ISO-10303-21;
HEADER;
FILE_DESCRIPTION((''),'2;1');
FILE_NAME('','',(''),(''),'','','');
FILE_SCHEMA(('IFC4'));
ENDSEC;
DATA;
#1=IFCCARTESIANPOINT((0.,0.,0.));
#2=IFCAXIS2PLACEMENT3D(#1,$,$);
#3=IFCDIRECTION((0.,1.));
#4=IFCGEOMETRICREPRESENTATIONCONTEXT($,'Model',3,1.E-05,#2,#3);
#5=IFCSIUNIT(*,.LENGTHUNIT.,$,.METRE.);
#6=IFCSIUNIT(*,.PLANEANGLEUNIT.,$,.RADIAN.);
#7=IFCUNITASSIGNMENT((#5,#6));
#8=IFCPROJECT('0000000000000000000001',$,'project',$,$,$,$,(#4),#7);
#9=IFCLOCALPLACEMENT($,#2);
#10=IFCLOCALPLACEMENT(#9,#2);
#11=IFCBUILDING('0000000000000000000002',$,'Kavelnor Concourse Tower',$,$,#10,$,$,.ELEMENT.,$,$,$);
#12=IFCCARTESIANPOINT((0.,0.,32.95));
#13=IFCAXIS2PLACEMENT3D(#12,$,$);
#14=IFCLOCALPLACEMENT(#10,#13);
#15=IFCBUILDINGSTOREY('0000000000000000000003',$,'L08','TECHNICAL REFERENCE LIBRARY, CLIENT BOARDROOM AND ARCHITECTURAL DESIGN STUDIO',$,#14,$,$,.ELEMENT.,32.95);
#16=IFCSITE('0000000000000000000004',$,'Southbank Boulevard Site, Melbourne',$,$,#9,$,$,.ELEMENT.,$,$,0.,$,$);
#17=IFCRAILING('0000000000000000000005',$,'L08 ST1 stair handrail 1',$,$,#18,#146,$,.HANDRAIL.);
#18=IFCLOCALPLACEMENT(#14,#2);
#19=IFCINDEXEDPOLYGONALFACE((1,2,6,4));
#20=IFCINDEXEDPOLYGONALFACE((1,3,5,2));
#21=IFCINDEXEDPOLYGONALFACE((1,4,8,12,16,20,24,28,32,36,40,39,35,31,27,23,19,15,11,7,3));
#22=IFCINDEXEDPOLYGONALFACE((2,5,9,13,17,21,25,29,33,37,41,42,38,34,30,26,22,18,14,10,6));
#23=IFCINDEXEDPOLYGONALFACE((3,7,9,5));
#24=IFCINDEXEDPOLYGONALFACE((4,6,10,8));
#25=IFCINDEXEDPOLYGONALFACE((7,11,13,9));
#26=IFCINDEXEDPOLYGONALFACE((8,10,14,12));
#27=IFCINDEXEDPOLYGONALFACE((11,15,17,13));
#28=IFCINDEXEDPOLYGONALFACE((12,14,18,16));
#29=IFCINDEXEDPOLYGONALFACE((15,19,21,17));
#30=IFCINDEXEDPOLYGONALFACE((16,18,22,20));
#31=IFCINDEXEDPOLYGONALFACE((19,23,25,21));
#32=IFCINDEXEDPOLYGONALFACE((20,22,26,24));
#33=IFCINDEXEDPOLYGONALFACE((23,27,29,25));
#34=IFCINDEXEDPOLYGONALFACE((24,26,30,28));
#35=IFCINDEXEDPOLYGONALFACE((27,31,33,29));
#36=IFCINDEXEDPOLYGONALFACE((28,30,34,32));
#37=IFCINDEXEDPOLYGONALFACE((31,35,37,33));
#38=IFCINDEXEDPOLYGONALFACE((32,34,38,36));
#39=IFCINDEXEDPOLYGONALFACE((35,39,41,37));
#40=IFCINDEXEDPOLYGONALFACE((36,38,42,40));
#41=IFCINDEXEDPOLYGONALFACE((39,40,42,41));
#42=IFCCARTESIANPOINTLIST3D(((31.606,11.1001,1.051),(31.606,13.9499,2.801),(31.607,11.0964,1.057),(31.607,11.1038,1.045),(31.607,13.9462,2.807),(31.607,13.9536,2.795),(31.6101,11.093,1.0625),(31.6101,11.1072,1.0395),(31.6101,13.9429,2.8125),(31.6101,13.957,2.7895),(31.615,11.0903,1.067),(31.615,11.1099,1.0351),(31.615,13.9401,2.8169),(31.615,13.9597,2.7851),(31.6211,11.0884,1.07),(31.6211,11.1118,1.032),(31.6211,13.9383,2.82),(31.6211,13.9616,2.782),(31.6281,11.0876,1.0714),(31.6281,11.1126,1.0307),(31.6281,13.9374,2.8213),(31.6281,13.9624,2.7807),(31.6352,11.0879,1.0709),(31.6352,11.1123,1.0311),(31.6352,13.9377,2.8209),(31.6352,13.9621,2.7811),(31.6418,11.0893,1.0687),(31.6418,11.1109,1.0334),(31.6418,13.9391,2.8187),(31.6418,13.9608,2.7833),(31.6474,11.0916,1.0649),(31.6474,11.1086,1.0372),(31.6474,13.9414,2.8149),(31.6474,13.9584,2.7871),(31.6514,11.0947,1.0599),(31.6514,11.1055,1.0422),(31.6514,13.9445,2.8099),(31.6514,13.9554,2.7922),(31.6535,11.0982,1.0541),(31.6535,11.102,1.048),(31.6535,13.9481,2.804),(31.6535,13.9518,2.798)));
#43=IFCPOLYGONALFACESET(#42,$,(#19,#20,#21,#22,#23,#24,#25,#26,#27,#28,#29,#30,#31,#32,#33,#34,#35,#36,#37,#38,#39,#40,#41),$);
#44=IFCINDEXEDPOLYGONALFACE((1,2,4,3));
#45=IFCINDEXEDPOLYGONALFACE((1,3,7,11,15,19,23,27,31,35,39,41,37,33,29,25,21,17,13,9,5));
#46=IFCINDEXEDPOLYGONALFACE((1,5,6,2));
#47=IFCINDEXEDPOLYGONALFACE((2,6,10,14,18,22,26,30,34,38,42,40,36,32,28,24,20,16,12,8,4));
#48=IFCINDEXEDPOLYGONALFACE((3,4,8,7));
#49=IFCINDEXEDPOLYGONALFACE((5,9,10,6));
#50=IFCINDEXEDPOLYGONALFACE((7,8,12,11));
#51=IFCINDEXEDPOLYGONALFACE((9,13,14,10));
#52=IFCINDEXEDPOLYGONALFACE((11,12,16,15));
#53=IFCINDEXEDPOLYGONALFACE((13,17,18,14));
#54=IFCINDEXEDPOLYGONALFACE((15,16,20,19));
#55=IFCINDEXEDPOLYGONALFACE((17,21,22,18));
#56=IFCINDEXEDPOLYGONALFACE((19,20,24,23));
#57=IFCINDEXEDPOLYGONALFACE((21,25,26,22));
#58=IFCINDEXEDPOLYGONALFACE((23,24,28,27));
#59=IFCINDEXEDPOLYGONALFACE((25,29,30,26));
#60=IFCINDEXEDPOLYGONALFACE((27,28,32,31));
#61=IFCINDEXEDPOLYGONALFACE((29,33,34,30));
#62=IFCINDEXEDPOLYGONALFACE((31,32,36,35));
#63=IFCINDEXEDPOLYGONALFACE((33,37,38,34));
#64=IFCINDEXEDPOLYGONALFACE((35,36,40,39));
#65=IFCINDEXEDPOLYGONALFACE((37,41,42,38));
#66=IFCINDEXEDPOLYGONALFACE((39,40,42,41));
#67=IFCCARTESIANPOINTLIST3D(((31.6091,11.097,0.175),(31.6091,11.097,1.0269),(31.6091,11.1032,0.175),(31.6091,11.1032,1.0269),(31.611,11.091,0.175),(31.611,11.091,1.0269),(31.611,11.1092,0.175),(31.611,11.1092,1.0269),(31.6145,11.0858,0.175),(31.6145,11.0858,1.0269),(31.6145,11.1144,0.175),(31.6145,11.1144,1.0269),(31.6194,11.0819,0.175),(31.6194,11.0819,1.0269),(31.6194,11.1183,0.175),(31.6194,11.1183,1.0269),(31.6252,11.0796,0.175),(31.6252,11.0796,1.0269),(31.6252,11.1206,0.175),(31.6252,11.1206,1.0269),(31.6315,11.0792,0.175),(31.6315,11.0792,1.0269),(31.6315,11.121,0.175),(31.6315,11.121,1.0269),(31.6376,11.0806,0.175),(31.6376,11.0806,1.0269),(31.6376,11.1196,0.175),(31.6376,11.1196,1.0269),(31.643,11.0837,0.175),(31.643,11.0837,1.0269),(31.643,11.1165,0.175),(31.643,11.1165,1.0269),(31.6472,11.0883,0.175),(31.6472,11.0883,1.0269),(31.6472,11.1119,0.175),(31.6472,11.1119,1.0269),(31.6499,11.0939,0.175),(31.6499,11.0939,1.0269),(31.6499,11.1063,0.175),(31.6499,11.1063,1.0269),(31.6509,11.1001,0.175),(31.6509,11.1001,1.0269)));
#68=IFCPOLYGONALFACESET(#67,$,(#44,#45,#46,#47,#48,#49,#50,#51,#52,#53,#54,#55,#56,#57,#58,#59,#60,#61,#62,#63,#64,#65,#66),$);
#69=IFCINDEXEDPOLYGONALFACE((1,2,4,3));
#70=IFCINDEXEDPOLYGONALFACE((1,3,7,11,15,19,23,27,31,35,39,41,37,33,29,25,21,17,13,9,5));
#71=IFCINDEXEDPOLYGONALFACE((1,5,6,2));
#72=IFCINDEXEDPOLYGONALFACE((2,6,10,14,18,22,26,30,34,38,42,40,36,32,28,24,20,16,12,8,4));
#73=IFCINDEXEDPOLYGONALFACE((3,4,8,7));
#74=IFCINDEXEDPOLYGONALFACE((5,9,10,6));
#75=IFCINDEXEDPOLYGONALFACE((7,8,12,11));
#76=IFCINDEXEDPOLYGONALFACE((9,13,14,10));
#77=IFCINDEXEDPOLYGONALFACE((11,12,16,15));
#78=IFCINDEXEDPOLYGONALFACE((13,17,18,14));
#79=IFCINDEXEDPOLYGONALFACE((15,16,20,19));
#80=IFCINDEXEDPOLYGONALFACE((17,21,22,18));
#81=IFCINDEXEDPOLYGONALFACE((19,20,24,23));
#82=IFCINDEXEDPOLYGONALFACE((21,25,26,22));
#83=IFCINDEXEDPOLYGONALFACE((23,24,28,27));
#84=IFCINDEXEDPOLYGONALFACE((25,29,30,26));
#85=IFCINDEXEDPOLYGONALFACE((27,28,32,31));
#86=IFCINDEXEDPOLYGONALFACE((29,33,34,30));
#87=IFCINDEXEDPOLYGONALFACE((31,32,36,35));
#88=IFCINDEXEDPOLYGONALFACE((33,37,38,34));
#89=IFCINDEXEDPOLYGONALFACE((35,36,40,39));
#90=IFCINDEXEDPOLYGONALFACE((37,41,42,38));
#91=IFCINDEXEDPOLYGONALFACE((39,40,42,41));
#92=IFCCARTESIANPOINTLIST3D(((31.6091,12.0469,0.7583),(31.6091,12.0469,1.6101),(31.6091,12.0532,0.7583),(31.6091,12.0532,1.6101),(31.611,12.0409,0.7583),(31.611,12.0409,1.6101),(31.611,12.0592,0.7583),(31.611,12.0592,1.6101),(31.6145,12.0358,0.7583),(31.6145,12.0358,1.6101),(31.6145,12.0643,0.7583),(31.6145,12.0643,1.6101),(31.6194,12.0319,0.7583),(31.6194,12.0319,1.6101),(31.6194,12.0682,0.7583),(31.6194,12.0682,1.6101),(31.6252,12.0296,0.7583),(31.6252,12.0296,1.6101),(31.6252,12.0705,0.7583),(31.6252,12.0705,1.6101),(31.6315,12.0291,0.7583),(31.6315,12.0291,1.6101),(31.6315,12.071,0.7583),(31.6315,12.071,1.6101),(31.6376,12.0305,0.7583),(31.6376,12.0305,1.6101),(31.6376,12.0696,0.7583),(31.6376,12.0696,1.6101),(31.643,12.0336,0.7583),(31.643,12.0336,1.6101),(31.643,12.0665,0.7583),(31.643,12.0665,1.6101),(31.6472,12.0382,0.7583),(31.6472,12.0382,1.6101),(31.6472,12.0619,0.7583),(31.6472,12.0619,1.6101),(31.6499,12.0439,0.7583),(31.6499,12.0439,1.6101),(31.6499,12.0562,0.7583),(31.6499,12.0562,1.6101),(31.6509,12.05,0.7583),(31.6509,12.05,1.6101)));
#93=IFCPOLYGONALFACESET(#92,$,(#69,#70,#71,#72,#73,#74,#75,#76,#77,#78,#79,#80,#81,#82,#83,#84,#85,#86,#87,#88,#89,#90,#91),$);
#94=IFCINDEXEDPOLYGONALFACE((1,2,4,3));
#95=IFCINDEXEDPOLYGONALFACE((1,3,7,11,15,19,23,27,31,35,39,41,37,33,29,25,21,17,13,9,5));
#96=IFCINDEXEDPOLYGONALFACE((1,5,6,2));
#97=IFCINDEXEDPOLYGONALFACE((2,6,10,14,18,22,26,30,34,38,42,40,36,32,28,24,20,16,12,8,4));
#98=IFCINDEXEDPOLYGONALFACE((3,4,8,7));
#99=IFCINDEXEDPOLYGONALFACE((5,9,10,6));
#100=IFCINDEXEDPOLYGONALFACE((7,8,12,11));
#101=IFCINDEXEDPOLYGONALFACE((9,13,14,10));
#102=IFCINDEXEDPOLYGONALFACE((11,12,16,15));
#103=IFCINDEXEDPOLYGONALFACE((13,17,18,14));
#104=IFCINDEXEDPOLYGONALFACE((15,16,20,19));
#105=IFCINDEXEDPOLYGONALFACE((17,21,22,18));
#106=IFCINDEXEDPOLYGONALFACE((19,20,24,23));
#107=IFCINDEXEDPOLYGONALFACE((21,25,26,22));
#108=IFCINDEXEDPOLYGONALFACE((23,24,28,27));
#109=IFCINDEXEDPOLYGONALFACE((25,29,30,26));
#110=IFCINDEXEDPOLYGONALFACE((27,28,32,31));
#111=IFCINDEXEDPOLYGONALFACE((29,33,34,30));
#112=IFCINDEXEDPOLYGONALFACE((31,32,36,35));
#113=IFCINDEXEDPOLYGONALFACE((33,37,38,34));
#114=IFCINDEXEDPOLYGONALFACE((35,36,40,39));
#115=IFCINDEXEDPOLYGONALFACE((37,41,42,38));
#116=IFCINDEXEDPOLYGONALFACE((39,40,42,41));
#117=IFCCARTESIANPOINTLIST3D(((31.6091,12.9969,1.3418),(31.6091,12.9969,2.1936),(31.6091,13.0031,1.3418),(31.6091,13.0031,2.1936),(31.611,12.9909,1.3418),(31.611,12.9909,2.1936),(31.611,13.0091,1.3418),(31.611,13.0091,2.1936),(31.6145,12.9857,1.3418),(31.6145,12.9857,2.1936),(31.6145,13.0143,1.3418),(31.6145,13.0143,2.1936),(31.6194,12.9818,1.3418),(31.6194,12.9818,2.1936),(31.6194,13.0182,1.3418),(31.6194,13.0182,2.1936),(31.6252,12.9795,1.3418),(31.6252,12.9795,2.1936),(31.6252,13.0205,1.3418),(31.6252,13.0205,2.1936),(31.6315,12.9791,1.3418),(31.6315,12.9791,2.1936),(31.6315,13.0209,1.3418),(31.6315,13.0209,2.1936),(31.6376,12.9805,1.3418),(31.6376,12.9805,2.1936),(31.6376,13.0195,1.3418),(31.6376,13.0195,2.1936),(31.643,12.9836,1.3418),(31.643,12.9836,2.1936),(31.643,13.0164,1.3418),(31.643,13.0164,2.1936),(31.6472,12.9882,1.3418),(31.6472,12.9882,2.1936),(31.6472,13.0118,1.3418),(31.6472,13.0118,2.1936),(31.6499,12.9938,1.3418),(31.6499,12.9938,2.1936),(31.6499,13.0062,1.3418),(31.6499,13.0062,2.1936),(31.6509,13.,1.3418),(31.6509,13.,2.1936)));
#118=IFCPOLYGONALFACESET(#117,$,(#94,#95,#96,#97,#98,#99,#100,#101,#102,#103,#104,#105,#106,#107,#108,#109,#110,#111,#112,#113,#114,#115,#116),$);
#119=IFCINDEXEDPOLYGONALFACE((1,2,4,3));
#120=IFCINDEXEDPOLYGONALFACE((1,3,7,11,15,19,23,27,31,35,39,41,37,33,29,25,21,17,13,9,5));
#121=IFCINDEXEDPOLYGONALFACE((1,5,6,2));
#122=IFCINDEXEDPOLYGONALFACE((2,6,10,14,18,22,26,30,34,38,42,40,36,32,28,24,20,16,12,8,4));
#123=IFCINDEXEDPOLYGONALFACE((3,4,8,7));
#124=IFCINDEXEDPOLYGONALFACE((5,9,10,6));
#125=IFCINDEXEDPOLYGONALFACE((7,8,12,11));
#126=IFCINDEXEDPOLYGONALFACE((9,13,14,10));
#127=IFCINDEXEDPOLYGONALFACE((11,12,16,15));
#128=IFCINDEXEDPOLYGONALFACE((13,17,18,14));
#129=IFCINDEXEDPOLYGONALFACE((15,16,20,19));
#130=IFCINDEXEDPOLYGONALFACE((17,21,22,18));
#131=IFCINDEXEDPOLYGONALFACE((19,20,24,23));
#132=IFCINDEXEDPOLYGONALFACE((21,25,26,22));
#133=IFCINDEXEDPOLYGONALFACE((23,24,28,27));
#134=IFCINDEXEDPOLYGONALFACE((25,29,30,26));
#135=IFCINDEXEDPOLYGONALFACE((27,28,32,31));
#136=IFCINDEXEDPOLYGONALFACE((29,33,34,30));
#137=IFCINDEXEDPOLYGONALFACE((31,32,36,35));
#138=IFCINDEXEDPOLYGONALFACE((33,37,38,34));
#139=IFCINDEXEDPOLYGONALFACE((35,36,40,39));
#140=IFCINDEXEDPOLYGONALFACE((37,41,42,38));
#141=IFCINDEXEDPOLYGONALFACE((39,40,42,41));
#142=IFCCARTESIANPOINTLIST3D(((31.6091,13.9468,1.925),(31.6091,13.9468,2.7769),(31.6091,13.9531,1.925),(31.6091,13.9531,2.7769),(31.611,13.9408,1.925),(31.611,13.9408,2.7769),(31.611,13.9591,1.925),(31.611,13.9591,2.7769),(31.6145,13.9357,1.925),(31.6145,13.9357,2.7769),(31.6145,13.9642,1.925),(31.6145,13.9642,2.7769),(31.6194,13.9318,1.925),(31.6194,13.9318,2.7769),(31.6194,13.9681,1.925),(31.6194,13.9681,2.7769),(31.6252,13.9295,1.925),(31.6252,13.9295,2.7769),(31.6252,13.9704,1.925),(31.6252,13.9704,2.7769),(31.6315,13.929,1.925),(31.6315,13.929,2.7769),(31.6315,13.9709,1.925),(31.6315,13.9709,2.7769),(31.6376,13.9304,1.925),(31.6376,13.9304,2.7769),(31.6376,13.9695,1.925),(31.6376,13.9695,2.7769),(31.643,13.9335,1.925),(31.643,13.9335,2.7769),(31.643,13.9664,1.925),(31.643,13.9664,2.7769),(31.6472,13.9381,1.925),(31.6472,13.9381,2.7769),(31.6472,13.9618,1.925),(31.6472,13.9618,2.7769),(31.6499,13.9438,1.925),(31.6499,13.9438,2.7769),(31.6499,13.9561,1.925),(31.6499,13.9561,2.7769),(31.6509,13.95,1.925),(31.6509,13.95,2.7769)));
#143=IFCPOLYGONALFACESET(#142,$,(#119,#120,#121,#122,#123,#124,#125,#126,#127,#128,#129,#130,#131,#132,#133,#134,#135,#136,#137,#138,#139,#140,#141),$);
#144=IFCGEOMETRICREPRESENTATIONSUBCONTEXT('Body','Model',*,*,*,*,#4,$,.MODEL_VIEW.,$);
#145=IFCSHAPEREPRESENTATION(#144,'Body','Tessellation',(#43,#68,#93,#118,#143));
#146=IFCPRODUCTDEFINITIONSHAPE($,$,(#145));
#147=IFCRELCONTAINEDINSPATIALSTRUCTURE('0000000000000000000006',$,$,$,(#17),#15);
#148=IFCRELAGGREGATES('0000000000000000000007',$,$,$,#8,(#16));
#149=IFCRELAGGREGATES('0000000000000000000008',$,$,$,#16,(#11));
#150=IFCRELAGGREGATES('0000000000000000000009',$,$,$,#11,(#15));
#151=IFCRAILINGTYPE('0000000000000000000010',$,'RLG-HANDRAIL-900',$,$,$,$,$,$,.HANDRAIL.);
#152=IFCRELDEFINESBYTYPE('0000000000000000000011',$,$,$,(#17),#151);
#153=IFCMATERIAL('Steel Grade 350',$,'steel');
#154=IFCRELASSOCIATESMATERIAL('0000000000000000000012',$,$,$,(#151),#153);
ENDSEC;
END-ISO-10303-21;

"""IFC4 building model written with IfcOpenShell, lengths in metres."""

from ifc_helpers import new_model, si_unit, direction, frame, origin, origin_2d, place, context, subcontext, project, spatial, circle, extrude, material, type_object, element, save


model = new_model("IFC4")

# Units and contexts
model_context = context("Model", 3, precision=1e-05, world=origin(), true_north=direction((0.0, 1.0)))
body_context = subcontext(model_context, "Body", "Model", "MODEL_VIEW")
ifc_project = project(units=[si_unit("LENGTHUNIT", "METRE"), si_unit("PLANEANGLEUNIT", "RADIAN")], contexts=[model_context])

# Site, building, storey
site_placement = place(None, origin())
site = spatial("IfcSite", under=ifc_project, at=site_placement, Name="Southbank Boulevard Site, Melbourne", CompositionType="ELEMENT", RefElevation=0.0)
building_placement = place(site_placement, origin())
building = spatial("IfcBuilding", under=site, at=building_placement, Name="Kavelnor Concourse Tower", CompositionType="ELEMENT")
storey_placement = place(building_placement, frame((0.0, 0.0, 32.95)))
storey = spatial("IfcBuildingStorey", under=building, at=storey_placement, Name="L08", Description="TECHNICAL REFERENCE LIBRARY, CLIENT BOARDROOM AND ARCHITECTURAL DESIGN STUDIO", CompositionType="ELEMENT", Elevation=32.95)

# Shared definitions
ifc_material_1 = material(Name="Steel Grade 350", Category="steel")

# Railing
railing_type_1 = type_object("IfcRailingType", Name="RLG-HANDRAIL-900", PredefinedType="HANDRAIL", material=ifc_material_1)
railing_1_placement = place(storey_placement, frame((31.6299, 11.1001, 0.175)))
element("IfcRailing", 1, at=railing_1_placement, inside=storey, type_object=railing_type_1, Name="L08 ST1 stair handrail 1", PredefinedType="HANDRAIL", context=body_context, shape_type="SweptSolid", body=[
    extrude(circle(Radius=0.0239, at=origin_2d()), frame((0.0, 0.0, 0.876), z_axis=(0.0, 0.852159, 0.523283), x_axis=(-1.0, 0.0, 0.0)), (0.0, 0.0, 1.0), 3.3442),
    extrude(circle(Radius=0.021, at=origin_2d()), origin(), (0.0, 0.0, 1.0), 0.8518),
    extrude(circle(Radius=0.021, at=origin_2d()), frame((0.0, 0.95, 0.5833)), (0.0, 0.0, 1.0), 0.8518),
    extrude(circle(Radius=0.021, at=origin_2d()), frame((0.0, 1.8999, 1.1667)), (0.0, 0.0, 1.0), 0.8518),
    extrude(circle(Radius=0.021, at=origin_2d()), frame((0.0, 2.8499, 1.75)), (0.0, 0.0, 1.0), 0.8518),
])

save(model, "model.ifc")
